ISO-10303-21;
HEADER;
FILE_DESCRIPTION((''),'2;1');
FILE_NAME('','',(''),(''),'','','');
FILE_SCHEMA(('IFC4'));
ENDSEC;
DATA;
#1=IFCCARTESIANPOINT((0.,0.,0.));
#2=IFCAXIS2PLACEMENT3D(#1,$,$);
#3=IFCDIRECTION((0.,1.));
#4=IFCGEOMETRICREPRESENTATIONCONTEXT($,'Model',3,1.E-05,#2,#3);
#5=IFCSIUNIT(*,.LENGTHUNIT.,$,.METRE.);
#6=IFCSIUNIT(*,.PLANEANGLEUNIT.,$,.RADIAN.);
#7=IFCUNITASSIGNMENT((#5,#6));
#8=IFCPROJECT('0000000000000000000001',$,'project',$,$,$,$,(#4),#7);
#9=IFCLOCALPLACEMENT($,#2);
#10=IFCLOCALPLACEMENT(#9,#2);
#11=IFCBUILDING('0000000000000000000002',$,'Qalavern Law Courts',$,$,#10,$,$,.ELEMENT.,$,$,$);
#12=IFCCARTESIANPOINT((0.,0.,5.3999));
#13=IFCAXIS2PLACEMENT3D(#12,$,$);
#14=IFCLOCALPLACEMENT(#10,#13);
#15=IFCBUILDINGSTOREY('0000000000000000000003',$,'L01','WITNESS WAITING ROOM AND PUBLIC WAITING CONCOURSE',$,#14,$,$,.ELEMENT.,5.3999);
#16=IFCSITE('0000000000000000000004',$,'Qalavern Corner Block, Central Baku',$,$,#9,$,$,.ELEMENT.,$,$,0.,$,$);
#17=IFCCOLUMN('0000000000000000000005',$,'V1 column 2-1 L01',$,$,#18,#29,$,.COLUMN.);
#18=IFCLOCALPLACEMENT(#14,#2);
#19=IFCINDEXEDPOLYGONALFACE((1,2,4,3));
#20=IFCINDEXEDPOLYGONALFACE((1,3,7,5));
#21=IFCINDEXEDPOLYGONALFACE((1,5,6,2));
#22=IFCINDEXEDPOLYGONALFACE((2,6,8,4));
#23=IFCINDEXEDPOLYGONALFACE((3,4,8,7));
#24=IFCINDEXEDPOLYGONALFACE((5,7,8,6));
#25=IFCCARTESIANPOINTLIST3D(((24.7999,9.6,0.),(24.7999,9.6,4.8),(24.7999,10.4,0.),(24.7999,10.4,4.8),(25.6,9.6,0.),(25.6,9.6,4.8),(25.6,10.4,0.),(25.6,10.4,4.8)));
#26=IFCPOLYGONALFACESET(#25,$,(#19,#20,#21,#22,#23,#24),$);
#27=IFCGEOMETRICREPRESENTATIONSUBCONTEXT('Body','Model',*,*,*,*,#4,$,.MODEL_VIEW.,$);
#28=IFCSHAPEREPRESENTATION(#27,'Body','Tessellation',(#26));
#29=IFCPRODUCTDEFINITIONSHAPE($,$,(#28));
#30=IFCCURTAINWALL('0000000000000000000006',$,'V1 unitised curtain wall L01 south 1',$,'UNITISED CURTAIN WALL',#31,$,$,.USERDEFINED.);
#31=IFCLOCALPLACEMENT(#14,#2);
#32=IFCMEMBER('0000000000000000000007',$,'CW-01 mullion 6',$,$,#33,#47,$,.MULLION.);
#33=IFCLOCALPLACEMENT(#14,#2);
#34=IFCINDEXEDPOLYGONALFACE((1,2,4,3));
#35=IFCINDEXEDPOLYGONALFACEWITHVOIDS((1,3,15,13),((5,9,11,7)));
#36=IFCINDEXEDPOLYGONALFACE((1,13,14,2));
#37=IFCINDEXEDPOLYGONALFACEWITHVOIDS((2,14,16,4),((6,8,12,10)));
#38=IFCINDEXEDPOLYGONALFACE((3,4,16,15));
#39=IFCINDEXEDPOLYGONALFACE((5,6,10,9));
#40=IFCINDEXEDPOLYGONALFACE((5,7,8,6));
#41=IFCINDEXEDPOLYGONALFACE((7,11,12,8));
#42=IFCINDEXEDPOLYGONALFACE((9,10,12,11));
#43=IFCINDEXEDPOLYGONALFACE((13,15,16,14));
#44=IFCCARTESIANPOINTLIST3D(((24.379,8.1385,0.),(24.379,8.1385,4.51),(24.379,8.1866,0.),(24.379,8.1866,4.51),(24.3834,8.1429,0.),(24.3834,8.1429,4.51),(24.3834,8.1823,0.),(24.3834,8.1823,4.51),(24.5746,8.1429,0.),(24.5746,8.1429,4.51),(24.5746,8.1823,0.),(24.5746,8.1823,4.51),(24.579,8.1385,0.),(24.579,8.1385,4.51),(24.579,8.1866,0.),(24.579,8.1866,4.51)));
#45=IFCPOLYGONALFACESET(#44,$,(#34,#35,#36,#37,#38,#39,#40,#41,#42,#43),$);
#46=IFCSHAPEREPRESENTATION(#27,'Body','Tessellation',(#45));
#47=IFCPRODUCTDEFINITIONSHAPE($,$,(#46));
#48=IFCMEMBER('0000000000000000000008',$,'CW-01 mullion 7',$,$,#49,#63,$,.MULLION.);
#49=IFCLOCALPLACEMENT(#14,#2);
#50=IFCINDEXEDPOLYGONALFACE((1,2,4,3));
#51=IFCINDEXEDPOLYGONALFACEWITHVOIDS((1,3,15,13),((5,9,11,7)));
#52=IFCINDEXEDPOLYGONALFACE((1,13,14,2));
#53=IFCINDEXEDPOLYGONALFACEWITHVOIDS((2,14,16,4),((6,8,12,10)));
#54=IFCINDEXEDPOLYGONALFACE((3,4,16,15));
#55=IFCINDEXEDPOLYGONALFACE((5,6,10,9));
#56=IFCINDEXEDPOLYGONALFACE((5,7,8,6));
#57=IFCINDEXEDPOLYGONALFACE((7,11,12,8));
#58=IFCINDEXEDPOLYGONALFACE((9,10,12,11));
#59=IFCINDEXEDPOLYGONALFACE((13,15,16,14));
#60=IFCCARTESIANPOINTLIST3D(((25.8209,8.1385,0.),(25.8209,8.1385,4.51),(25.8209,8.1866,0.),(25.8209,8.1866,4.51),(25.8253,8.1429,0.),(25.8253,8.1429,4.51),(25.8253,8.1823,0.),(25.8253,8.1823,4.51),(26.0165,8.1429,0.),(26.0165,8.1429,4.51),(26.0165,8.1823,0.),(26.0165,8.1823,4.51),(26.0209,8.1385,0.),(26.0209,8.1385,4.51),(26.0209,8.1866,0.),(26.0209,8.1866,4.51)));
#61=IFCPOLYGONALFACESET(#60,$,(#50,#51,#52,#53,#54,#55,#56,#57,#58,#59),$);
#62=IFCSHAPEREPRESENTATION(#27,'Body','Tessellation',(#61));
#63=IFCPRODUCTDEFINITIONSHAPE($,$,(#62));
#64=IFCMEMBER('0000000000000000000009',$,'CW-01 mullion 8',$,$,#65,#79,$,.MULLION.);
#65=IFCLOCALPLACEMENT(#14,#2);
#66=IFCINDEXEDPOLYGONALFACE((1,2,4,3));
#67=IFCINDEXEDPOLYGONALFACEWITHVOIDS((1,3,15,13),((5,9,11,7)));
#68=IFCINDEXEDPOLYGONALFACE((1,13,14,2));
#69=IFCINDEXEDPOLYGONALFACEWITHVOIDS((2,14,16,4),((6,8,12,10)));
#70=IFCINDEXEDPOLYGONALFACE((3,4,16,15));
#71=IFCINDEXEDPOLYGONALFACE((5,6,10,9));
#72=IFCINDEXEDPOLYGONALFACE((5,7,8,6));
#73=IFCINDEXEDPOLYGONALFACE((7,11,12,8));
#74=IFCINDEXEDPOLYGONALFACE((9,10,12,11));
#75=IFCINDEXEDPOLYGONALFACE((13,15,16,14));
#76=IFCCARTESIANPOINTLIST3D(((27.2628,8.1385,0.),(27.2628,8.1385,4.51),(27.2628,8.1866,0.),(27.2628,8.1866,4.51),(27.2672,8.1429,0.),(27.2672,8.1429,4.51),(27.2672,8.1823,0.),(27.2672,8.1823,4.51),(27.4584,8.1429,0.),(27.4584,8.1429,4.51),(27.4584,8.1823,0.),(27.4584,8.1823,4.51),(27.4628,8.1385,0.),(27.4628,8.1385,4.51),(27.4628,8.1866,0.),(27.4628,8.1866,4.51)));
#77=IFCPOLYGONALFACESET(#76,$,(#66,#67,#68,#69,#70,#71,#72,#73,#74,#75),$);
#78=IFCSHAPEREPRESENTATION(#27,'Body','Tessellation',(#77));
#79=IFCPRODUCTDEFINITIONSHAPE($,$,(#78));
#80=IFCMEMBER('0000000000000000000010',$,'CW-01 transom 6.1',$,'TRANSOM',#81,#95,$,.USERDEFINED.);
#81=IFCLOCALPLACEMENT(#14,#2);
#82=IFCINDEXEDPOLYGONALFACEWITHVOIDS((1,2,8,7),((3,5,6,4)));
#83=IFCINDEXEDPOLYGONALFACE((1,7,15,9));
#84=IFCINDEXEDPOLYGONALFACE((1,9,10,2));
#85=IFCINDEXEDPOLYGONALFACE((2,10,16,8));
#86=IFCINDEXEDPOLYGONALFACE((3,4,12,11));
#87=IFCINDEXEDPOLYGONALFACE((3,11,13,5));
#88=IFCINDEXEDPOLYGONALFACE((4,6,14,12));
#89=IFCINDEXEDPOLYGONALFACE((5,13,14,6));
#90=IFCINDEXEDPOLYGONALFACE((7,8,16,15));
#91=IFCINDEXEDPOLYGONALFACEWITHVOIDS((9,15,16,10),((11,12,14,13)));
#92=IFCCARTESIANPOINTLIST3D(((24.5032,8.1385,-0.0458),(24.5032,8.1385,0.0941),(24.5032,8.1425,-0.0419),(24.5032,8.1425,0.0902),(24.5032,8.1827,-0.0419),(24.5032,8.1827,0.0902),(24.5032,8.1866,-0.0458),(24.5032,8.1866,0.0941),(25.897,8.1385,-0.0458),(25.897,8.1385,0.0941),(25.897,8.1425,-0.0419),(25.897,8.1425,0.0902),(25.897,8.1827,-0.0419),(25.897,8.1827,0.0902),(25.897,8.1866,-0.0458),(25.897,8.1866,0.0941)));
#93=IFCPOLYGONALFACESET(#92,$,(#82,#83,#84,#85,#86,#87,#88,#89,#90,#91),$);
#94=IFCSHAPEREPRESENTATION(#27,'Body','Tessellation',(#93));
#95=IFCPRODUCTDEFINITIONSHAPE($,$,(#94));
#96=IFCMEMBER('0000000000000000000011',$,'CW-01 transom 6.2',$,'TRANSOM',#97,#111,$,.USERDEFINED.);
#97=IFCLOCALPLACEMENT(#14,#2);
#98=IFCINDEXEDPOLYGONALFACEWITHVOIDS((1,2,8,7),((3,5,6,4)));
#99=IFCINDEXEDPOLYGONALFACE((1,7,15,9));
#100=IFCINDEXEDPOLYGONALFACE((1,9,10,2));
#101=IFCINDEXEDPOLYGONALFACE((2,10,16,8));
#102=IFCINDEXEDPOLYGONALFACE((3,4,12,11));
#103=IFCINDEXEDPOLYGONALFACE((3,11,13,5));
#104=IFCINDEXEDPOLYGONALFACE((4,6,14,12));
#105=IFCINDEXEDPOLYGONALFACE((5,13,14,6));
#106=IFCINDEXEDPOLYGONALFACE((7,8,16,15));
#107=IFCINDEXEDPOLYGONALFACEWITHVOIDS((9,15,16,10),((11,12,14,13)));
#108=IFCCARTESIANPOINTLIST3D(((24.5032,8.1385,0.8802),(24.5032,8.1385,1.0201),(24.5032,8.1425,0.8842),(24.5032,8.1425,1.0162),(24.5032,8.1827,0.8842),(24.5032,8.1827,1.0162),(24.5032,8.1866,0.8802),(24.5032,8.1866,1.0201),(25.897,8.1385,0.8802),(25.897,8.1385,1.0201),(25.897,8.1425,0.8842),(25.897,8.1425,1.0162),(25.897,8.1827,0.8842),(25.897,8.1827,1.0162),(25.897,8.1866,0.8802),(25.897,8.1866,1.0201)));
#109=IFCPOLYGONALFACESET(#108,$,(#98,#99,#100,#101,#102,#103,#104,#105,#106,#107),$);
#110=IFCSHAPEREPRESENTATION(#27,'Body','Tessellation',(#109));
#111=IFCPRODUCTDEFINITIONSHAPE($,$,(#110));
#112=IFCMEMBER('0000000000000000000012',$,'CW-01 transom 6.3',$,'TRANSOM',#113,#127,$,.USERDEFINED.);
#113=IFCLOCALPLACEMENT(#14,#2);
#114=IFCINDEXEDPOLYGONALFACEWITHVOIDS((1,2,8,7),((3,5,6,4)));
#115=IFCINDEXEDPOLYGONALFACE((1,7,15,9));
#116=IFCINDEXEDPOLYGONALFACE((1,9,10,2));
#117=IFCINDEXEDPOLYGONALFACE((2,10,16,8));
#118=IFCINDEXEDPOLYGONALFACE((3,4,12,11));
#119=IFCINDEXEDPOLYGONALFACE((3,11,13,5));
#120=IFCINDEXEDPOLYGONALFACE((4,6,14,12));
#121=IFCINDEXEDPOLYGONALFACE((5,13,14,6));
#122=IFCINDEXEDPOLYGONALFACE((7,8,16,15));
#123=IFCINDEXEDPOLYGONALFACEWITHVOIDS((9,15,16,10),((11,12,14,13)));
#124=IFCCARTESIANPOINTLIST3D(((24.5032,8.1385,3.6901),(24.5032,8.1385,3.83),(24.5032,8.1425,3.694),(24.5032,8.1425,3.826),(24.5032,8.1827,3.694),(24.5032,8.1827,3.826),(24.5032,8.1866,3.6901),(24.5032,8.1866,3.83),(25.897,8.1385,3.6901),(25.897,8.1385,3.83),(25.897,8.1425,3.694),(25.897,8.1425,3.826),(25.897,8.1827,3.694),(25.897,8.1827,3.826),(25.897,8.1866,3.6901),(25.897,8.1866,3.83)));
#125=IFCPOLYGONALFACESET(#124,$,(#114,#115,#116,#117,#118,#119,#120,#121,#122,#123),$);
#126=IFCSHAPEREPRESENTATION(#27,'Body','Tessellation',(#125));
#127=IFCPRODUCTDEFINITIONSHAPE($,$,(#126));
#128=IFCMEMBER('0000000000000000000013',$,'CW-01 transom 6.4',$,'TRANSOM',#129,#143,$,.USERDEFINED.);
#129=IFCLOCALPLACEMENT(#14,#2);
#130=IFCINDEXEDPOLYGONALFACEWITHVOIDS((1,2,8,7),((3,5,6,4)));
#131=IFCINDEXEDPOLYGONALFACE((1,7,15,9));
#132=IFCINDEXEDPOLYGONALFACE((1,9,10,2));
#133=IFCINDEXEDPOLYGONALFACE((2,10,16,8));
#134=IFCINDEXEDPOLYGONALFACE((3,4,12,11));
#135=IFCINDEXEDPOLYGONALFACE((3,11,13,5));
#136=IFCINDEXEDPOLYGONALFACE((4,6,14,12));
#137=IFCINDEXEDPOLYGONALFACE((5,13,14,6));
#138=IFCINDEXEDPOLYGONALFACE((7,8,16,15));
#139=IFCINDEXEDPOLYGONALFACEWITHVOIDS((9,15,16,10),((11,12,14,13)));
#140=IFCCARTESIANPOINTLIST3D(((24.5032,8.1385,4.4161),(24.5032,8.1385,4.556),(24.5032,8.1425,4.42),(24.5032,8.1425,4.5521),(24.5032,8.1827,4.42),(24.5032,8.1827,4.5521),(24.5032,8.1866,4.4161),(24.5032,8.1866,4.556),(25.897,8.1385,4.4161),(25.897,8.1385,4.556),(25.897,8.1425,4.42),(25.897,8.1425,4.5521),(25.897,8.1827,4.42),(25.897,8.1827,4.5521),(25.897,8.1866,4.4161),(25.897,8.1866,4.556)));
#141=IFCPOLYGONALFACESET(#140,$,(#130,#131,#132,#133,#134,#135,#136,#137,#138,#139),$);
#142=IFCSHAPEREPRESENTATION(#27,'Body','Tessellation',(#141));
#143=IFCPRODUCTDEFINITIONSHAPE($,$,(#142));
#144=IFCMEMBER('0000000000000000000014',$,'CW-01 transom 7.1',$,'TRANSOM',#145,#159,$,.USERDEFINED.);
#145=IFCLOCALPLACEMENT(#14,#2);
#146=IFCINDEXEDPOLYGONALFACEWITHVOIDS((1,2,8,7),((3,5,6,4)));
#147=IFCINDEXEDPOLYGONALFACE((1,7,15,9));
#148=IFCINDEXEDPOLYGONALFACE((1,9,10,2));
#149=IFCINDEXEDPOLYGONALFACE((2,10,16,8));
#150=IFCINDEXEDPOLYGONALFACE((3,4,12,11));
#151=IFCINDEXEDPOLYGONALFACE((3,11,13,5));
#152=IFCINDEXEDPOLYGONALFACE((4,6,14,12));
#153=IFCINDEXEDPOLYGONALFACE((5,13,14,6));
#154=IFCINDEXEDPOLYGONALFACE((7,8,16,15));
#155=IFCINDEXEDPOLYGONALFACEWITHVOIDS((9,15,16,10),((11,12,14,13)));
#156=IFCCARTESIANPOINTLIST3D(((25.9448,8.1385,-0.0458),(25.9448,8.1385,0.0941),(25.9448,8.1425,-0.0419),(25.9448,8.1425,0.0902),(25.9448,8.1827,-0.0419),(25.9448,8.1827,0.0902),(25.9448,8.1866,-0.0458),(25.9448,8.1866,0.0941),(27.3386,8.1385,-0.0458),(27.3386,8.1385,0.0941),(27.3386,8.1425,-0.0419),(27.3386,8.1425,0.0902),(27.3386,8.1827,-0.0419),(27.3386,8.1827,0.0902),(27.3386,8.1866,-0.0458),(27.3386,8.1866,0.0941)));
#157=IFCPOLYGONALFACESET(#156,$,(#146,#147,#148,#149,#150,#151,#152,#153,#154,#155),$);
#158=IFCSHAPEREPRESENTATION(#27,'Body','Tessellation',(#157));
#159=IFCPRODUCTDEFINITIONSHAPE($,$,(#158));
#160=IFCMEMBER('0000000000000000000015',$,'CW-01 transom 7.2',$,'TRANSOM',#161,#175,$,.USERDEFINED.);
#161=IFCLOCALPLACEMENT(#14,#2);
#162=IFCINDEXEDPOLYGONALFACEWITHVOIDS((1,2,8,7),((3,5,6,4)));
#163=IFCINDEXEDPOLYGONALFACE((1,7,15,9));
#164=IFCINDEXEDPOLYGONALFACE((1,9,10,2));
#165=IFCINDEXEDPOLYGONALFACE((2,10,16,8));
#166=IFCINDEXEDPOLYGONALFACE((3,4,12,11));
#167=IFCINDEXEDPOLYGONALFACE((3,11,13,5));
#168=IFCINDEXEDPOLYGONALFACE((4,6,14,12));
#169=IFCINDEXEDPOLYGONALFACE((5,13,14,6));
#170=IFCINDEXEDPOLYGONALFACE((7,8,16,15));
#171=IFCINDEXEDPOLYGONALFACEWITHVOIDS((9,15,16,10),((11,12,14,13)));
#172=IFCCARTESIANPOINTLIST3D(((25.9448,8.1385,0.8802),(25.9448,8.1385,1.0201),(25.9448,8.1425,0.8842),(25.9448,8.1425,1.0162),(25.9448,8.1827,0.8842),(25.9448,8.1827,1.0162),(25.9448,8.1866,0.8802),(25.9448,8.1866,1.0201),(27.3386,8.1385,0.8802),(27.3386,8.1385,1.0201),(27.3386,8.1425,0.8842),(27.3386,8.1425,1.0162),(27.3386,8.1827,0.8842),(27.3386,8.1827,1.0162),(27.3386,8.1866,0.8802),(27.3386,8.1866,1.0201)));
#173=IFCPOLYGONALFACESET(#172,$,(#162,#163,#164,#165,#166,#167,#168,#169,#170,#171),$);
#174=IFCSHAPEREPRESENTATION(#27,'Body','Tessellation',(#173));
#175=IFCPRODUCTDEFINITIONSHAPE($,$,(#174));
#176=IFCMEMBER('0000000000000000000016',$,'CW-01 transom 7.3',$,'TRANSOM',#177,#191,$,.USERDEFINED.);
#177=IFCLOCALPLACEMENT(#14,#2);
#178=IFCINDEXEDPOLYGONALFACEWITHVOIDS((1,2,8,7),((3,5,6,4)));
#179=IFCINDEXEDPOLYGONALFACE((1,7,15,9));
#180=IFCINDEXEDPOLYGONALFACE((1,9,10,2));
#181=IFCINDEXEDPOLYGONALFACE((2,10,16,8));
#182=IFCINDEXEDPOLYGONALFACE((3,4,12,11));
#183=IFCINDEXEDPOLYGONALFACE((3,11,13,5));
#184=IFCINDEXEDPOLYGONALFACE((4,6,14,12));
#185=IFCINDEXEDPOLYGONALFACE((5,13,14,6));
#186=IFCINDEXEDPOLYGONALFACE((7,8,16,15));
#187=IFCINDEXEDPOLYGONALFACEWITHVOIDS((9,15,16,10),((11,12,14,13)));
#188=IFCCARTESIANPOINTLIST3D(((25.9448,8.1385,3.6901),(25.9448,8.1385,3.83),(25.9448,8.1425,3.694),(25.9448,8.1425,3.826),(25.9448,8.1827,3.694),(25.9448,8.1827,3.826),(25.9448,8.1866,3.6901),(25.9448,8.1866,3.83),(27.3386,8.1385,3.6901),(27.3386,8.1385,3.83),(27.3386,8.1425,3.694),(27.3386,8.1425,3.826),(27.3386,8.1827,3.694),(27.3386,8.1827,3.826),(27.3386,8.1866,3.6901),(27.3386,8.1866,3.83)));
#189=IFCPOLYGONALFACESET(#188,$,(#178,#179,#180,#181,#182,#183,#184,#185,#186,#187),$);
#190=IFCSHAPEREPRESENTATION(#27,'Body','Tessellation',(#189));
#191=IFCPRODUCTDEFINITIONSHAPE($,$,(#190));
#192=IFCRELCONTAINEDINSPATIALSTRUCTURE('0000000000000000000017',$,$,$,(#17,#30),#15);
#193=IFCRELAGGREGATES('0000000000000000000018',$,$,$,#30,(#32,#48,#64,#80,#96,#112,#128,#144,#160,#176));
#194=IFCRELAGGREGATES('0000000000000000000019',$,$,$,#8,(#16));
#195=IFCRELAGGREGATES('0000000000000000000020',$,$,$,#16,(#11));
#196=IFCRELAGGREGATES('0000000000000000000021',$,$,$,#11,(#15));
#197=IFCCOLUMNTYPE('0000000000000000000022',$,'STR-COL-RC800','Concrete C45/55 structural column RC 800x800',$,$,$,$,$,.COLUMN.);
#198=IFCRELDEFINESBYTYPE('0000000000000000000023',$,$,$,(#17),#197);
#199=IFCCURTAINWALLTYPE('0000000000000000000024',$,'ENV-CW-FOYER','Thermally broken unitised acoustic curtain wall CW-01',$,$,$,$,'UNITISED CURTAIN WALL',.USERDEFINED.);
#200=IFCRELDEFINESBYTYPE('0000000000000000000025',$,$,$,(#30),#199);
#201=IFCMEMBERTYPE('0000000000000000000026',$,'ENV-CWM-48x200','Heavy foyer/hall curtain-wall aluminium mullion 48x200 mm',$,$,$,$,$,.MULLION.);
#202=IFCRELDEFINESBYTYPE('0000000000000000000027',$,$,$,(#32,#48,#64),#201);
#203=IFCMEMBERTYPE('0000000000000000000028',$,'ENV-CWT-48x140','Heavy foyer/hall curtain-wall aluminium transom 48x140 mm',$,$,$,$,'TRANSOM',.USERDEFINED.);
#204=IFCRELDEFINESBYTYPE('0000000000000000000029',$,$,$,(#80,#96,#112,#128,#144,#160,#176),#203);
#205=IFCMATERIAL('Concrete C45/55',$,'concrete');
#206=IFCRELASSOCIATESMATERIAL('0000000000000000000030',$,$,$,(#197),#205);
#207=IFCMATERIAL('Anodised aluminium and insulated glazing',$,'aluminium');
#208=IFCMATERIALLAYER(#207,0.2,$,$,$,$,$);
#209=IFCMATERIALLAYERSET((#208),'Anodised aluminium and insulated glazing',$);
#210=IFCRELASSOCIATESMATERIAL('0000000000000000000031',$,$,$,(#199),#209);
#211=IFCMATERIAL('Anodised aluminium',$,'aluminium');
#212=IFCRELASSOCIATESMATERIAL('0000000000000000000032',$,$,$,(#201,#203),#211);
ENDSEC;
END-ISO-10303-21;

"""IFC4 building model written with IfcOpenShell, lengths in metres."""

from ifc_helpers import new_model, si_unit, direction, frame, origin, origin_2d, place, context, subcontext, project, spatial, rectangle, hollow_rectangle, extrude, material, layer, layer_set, material_profile, profile_set, type_object, element, aggregate, save


model = new_model("IFC4")

# Units and contexts
model_context = context("Model", 3, precision=1e-05, world=origin(), true_north=direction((0.0, 1.0)))
body_context = subcontext(model_context, "Body", "Model", "MODEL_VIEW")
ifc_project = project(units=[si_unit("LENGTHUNIT", "METRE"), si_unit("PLANEANGLEUNIT", "RADIAN")], contexts=[model_context])

# Site, building, storey
site_placement = place(None, origin())
site = spatial("IfcSite", under=ifc_project, at=site_placement, Name="Qalavern Corner Block, Central Baku", CompositionType="ELEMENT", RefElevation=0.0)
building_placement = place(site_placement, origin())
building = spatial("IfcBuilding", under=site, at=building_placement, Name="Qalavern Law Courts", CompositionType="ELEMENT")
storey_placement = place(building_placement, frame((0.0, 0.0, 5.3999)))
storey = spatial("IfcBuildingStorey", under=building, at=storey_placement, Name="L01", Description="WITNESS WAITING ROOM AND PUBLIC WAITING CONCOURSE", CompositionType="ELEMENT", Elevation=5.3999)

# Column
ifc_material_1 = material(Name="Concrete C45/55", Category="concrete")
ifc_material_profile_1 = material_profile(ifc_material_1, rectangle(XDim=0.8, YDim=0.8, at=origin_2d()), Name="RC 800x800")
ifc_profile_set_1 = profile_set([ifc_material_profile_1], Name="Concrete C45/55")
column_type = type_object("IfcColumnType", Name="STR-COL-RC800", Description="Concrete C45/55 structural column RC 800x800", PredefinedType="COLUMN", material=ifc_profile_set_1)
column_placement = place(storey_placement, frame((25.2, 10.0, 0.0), z_axis=(0.0, 0.0, 1.0), x_axis=(1.0, 0.0, 0.0)))
element("IfcColumn", 1, at=column_placement, inside=storey, type_object=column_type, Name="V1 column 2-1 L01", PredefinedType="COLUMN", context=body_context, shape_type="SweptSolid", body=[
    extrude(rectangle(XDim=0.8, YDim=0.8, at=origin_2d()), origin(), (0.0, 0.0, 1.0), 4.8),
])

# Curtain wall, members
ifc_material_2 = material(Name="Anodised aluminium and insulated glazing", Category="aluminium")
ifc_layer_1 = layer(ifc_material_2, 0.2)
ifc_layer_set_1 = layer_set([ifc_layer_1], Name="Anodised aluminium and insulated glazing")
curtain_wall_type = type_object("IfcCurtainWallType", Name="ENV-CW-FOYER", Description="Thermally broken unitised acoustic curtain wall CW-01", ElementType="UNITISED CURTAIN WALL", PredefinedType="USERDEFINED", material=ifc_layer_set_1)
curtain_wall_placement = place(storey_placement, origin())
curtain_wall = element("IfcCurtainWall", 2, at=curtain_wall_placement, inside=storey, type_object=curtain_wall_type, Name="V1 unitised curtain wall L01 south 1", ObjectType="UNITISED CURTAIN WALL", PredefinedType="USERDEFINED")
ifc_material_3 = material(Name="Anodised aluminium", Category="aluminium")
ifc_material_profile_2 = material_profile(ifc_material_3, hollow_rectangle(XDim=0.0481, YDim=0.2, WallThickness=0.0044, at=origin_2d()), Name="ALU MULLION 48x200")
ifc_profile_set_2 = profile_set([ifc_material_profile_2], Name="Anodised aluminium")
member_type_1 = type_object("IfcMemberType", Name="ENV-CWM-48x200", Description="Heavy foyer/hall curtain-wall aluminium mullion 48x200 mm", PredefinedType="MULLION", material=ifc_profile_set_2)
member_1_placement = place(storey_placement, frame((24.479, 8.1626, 0.0), z_axis=(0.0, 0.0, 1.0), x_axis=(0.0, 1.0, 0.0)))
member_1 = element("IfcMember", 3, at=member_1_placement, type_object=member_type_1, Name="CW-01 mullion 6", PredefinedType="MULLION", context=body_context, shape_type="SweptSolid", body=[
    extrude(hollow_rectangle(XDim=0.0481, YDim=0.2, WallThickness=0.0044, at=origin_2d()), origin(), (0.0, 0.0, 1.0), 4.51),
])
member_2_placement = place(storey_placement, frame((25.9209, 8.1626, 0.0), z_axis=(0.0, 0.0, 1.0), x_axis=(0.0, 1.0, 0.0)))
member_2 = element("IfcMember", 4, at=member_2_placement, type_object=member_type_1, Name="CW-01 mullion 7", PredefinedType="MULLION", context=body_context, shape_type="SweptSolid", body=[
    extrude(hollow_rectangle(XDim=0.0481, YDim=0.2, WallThickness=0.0044, at=origin_2d()), origin(), (0.0, 0.0, 1.0), 4.51),
])
member_3_placement = place(storey_placement, frame((27.3628, 8.1626, 0.0), z_axis=(0.0, 0.0, 1.0), x_axis=(0.0, 1.0, 0.0)))
member_3 = element("IfcMember", 5, at=member_3_placement, type_object=member_type_1, Name="CW-01 mullion 8", PredefinedType="MULLION", context=body_context, shape_type="SweptSolid", body=[
    extrude(hollow_rectangle(XDim=0.0481, YDim=0.2, WallThickness=0.0044, at=origin_2d()), origin(), (0.0, 0.0, 1.0), 4.51),
])
ifc_material_profile_3 = material_profile(ifc_material_3, hollow_rectangle(XDim=0.0481, YDim=0.1399, WallThickness=0.0039, at=origin_2d()), Name="ALU TRANSOM 48x140")
ifc_profile_set_3 = profile_set([ifc_material_profile_3], Name="Anodised aluminium")
member_type_2 = type_object("IfcMemberType", Name="ENV-CWT-48x140", Description="Heavy foyer/hall curtain-wall aluminium transom 48x140 mm", ElementType="TRANSOM", PredefinedType="USERDEFINED", material=ifc_profile_set_3)
member_4_placement = place(storey_placement, frame((24.5032, 8.1626, 0.0242), z_axis=(1.0, 0.0, 0.0), x_axis=(0.0, 1.0, 0.0)))
member_4 = element("IfcMember", 6, at=member_4_placement, type_object=member_type_2, Name="CW-01 transom 6.1", ObjectType="TRANSOM", PredefinedType="USERDEFINED", context=body_context, shape_type="SweptSolid", body=[
    extrude(hollow_rectangle(XDim=0.0481, YDim=0.1399, WallThickness=0.0039, at=origin_2d()), origin(), (0.0, 0.0, 1.0), 1.3938),
])
member_5_placement = place(storey_placement, frame((24.5032, 8.1626, 0.9502), z_axis=(1.0, 0.0, 0.0), x_axis=(0.0, 1.0, 0.0)))
member_5 = element("IfcMember", 7, at=member_5_placement, type_object=member_type_2, Name="CW-01 transom 6.2", ObjectType="TRANSOM", PredefinedType="USERDEFINED", context=body_context, shape_type="SweptSolid", body=[
    extrude(hollow_rectangle(XDim=0.0481, YDim=0.1399, WallThickness=0.0039, at=origin_2d()), origin(), (0.0, 0.0, 1.0), 1.3938),
])
member_6_placement = place(storey_placement, frame((24.5032, 8.1626, 3.76), z_axis=(1.0, 0.0, 0.0), x_axis=(0.0, 1.0, 0.0)))
member_6 = element("IfcMember", 8, at=member_6_placement, type_object=member_type_2, Name="CW-01 transom 6.3", ObjectType="TRANSOM", PredefinedType="USERDEFINED", context=body_context, shape_type="SweptSolid", body=[
    extrude(hollow_rectangle(XDim=0.0481, YDim=0.1399, WallThickness=0.0039, at=origin_2d()), origin(), (0.0, 0.0, 1.0), 1.3938),
])
member_7_placement = place(storey_placement, frame((24.5032, 8.1626, 4.4861), z_axis=(1.0, 0.0, 0.0), x_axis=(0.0, 1.0, 0.0)))
member_7 = element("IfcMember", 9, at=member_7_placement, type_object=member_type_2, Name="CW-01 transom 6.4", ObjectType="TRANSOM", PredefinedType="USERDEFINED", context=body_context, shape_type="SweptSolid", body=[
    extrude(hollow_rectangle(XDim=0.0481, YDim=0.1399, WallThickness=0.0039, at=origin_2d()), origin(), (0.0, 0.0, 1.0), 1.3938),
])
member_8_placement = place(storey_placement, frame((25.9448, 8.1626, 0.0242), z_axis=(1.0, 0.0, 0.0), x_axis=(0.0, 1.0, 0.0)))
member_8 = element("IfcMember", 10, at=member_8_placement, type_object=member_type_2, Name="CW-01 transom 7.1", ObjectType="TRANSOM", PredefinedType="USERDEFINED", context=body_context, shape_type="SweptSolid", body=[
    extrude(hollow_rectangle(XDim=0.0481, YDim=0.1399, WallThickness=0.0039, at=origin_2d()), origin(), (0.0, 0.0, 1.0), 1.3938),
])
member_9_placement = place(storey_placement, frame((25.9448, 8.1626, 0.9502), z_axis=(1.0, 0.0, 0.0), x_axis=(0.0, 1.0, 0.0)))
member_9 = element("IfcMember", 11, at=member_9_placement, type_object=member_type_2, Name="CW-01 transom 7.2", ObjectType="TRANSOM", PredefinedType="USERDEFINED", context=body_context, shape_type="SweptSolid", body=[
    extrude(hollow_rectangle(XDim=0.0481, YDim=0.1399, WallThickness=0.0039, at=origin_2d()), origin(), (0.0, 0.0, 1.0), 1.3938),
])
member_10_placement = place(storey_placement, frame((25.9448, 8.1626, 3.76), z_axis=(1.0, 0.0, 0.0), x_axis=(0.0, 1.0, 0.0)))
member_10 = element("IfcMember", 12, at=member_10_placement, type_object=member_type_2, Name="CW-01 transom 7.3", ObjectType="TRANSOM", PredefinedType="USERDEFINED", context=body_context, shape_type="SweptSolid", body=[
    extrude(hollow_rectangle(XDim=0.0481, YDim=0.1399, WallThickness=0.0039, at=origin_2d()), origin(), (0.0, 0.0, 1.0), 1.3938),
])

aggregate(curtain_wall, [member_1, member_2, member_3, member_4, member_5, member_6, member_7, member_8, member_9, member_10])

save(model, "model.ifc")
